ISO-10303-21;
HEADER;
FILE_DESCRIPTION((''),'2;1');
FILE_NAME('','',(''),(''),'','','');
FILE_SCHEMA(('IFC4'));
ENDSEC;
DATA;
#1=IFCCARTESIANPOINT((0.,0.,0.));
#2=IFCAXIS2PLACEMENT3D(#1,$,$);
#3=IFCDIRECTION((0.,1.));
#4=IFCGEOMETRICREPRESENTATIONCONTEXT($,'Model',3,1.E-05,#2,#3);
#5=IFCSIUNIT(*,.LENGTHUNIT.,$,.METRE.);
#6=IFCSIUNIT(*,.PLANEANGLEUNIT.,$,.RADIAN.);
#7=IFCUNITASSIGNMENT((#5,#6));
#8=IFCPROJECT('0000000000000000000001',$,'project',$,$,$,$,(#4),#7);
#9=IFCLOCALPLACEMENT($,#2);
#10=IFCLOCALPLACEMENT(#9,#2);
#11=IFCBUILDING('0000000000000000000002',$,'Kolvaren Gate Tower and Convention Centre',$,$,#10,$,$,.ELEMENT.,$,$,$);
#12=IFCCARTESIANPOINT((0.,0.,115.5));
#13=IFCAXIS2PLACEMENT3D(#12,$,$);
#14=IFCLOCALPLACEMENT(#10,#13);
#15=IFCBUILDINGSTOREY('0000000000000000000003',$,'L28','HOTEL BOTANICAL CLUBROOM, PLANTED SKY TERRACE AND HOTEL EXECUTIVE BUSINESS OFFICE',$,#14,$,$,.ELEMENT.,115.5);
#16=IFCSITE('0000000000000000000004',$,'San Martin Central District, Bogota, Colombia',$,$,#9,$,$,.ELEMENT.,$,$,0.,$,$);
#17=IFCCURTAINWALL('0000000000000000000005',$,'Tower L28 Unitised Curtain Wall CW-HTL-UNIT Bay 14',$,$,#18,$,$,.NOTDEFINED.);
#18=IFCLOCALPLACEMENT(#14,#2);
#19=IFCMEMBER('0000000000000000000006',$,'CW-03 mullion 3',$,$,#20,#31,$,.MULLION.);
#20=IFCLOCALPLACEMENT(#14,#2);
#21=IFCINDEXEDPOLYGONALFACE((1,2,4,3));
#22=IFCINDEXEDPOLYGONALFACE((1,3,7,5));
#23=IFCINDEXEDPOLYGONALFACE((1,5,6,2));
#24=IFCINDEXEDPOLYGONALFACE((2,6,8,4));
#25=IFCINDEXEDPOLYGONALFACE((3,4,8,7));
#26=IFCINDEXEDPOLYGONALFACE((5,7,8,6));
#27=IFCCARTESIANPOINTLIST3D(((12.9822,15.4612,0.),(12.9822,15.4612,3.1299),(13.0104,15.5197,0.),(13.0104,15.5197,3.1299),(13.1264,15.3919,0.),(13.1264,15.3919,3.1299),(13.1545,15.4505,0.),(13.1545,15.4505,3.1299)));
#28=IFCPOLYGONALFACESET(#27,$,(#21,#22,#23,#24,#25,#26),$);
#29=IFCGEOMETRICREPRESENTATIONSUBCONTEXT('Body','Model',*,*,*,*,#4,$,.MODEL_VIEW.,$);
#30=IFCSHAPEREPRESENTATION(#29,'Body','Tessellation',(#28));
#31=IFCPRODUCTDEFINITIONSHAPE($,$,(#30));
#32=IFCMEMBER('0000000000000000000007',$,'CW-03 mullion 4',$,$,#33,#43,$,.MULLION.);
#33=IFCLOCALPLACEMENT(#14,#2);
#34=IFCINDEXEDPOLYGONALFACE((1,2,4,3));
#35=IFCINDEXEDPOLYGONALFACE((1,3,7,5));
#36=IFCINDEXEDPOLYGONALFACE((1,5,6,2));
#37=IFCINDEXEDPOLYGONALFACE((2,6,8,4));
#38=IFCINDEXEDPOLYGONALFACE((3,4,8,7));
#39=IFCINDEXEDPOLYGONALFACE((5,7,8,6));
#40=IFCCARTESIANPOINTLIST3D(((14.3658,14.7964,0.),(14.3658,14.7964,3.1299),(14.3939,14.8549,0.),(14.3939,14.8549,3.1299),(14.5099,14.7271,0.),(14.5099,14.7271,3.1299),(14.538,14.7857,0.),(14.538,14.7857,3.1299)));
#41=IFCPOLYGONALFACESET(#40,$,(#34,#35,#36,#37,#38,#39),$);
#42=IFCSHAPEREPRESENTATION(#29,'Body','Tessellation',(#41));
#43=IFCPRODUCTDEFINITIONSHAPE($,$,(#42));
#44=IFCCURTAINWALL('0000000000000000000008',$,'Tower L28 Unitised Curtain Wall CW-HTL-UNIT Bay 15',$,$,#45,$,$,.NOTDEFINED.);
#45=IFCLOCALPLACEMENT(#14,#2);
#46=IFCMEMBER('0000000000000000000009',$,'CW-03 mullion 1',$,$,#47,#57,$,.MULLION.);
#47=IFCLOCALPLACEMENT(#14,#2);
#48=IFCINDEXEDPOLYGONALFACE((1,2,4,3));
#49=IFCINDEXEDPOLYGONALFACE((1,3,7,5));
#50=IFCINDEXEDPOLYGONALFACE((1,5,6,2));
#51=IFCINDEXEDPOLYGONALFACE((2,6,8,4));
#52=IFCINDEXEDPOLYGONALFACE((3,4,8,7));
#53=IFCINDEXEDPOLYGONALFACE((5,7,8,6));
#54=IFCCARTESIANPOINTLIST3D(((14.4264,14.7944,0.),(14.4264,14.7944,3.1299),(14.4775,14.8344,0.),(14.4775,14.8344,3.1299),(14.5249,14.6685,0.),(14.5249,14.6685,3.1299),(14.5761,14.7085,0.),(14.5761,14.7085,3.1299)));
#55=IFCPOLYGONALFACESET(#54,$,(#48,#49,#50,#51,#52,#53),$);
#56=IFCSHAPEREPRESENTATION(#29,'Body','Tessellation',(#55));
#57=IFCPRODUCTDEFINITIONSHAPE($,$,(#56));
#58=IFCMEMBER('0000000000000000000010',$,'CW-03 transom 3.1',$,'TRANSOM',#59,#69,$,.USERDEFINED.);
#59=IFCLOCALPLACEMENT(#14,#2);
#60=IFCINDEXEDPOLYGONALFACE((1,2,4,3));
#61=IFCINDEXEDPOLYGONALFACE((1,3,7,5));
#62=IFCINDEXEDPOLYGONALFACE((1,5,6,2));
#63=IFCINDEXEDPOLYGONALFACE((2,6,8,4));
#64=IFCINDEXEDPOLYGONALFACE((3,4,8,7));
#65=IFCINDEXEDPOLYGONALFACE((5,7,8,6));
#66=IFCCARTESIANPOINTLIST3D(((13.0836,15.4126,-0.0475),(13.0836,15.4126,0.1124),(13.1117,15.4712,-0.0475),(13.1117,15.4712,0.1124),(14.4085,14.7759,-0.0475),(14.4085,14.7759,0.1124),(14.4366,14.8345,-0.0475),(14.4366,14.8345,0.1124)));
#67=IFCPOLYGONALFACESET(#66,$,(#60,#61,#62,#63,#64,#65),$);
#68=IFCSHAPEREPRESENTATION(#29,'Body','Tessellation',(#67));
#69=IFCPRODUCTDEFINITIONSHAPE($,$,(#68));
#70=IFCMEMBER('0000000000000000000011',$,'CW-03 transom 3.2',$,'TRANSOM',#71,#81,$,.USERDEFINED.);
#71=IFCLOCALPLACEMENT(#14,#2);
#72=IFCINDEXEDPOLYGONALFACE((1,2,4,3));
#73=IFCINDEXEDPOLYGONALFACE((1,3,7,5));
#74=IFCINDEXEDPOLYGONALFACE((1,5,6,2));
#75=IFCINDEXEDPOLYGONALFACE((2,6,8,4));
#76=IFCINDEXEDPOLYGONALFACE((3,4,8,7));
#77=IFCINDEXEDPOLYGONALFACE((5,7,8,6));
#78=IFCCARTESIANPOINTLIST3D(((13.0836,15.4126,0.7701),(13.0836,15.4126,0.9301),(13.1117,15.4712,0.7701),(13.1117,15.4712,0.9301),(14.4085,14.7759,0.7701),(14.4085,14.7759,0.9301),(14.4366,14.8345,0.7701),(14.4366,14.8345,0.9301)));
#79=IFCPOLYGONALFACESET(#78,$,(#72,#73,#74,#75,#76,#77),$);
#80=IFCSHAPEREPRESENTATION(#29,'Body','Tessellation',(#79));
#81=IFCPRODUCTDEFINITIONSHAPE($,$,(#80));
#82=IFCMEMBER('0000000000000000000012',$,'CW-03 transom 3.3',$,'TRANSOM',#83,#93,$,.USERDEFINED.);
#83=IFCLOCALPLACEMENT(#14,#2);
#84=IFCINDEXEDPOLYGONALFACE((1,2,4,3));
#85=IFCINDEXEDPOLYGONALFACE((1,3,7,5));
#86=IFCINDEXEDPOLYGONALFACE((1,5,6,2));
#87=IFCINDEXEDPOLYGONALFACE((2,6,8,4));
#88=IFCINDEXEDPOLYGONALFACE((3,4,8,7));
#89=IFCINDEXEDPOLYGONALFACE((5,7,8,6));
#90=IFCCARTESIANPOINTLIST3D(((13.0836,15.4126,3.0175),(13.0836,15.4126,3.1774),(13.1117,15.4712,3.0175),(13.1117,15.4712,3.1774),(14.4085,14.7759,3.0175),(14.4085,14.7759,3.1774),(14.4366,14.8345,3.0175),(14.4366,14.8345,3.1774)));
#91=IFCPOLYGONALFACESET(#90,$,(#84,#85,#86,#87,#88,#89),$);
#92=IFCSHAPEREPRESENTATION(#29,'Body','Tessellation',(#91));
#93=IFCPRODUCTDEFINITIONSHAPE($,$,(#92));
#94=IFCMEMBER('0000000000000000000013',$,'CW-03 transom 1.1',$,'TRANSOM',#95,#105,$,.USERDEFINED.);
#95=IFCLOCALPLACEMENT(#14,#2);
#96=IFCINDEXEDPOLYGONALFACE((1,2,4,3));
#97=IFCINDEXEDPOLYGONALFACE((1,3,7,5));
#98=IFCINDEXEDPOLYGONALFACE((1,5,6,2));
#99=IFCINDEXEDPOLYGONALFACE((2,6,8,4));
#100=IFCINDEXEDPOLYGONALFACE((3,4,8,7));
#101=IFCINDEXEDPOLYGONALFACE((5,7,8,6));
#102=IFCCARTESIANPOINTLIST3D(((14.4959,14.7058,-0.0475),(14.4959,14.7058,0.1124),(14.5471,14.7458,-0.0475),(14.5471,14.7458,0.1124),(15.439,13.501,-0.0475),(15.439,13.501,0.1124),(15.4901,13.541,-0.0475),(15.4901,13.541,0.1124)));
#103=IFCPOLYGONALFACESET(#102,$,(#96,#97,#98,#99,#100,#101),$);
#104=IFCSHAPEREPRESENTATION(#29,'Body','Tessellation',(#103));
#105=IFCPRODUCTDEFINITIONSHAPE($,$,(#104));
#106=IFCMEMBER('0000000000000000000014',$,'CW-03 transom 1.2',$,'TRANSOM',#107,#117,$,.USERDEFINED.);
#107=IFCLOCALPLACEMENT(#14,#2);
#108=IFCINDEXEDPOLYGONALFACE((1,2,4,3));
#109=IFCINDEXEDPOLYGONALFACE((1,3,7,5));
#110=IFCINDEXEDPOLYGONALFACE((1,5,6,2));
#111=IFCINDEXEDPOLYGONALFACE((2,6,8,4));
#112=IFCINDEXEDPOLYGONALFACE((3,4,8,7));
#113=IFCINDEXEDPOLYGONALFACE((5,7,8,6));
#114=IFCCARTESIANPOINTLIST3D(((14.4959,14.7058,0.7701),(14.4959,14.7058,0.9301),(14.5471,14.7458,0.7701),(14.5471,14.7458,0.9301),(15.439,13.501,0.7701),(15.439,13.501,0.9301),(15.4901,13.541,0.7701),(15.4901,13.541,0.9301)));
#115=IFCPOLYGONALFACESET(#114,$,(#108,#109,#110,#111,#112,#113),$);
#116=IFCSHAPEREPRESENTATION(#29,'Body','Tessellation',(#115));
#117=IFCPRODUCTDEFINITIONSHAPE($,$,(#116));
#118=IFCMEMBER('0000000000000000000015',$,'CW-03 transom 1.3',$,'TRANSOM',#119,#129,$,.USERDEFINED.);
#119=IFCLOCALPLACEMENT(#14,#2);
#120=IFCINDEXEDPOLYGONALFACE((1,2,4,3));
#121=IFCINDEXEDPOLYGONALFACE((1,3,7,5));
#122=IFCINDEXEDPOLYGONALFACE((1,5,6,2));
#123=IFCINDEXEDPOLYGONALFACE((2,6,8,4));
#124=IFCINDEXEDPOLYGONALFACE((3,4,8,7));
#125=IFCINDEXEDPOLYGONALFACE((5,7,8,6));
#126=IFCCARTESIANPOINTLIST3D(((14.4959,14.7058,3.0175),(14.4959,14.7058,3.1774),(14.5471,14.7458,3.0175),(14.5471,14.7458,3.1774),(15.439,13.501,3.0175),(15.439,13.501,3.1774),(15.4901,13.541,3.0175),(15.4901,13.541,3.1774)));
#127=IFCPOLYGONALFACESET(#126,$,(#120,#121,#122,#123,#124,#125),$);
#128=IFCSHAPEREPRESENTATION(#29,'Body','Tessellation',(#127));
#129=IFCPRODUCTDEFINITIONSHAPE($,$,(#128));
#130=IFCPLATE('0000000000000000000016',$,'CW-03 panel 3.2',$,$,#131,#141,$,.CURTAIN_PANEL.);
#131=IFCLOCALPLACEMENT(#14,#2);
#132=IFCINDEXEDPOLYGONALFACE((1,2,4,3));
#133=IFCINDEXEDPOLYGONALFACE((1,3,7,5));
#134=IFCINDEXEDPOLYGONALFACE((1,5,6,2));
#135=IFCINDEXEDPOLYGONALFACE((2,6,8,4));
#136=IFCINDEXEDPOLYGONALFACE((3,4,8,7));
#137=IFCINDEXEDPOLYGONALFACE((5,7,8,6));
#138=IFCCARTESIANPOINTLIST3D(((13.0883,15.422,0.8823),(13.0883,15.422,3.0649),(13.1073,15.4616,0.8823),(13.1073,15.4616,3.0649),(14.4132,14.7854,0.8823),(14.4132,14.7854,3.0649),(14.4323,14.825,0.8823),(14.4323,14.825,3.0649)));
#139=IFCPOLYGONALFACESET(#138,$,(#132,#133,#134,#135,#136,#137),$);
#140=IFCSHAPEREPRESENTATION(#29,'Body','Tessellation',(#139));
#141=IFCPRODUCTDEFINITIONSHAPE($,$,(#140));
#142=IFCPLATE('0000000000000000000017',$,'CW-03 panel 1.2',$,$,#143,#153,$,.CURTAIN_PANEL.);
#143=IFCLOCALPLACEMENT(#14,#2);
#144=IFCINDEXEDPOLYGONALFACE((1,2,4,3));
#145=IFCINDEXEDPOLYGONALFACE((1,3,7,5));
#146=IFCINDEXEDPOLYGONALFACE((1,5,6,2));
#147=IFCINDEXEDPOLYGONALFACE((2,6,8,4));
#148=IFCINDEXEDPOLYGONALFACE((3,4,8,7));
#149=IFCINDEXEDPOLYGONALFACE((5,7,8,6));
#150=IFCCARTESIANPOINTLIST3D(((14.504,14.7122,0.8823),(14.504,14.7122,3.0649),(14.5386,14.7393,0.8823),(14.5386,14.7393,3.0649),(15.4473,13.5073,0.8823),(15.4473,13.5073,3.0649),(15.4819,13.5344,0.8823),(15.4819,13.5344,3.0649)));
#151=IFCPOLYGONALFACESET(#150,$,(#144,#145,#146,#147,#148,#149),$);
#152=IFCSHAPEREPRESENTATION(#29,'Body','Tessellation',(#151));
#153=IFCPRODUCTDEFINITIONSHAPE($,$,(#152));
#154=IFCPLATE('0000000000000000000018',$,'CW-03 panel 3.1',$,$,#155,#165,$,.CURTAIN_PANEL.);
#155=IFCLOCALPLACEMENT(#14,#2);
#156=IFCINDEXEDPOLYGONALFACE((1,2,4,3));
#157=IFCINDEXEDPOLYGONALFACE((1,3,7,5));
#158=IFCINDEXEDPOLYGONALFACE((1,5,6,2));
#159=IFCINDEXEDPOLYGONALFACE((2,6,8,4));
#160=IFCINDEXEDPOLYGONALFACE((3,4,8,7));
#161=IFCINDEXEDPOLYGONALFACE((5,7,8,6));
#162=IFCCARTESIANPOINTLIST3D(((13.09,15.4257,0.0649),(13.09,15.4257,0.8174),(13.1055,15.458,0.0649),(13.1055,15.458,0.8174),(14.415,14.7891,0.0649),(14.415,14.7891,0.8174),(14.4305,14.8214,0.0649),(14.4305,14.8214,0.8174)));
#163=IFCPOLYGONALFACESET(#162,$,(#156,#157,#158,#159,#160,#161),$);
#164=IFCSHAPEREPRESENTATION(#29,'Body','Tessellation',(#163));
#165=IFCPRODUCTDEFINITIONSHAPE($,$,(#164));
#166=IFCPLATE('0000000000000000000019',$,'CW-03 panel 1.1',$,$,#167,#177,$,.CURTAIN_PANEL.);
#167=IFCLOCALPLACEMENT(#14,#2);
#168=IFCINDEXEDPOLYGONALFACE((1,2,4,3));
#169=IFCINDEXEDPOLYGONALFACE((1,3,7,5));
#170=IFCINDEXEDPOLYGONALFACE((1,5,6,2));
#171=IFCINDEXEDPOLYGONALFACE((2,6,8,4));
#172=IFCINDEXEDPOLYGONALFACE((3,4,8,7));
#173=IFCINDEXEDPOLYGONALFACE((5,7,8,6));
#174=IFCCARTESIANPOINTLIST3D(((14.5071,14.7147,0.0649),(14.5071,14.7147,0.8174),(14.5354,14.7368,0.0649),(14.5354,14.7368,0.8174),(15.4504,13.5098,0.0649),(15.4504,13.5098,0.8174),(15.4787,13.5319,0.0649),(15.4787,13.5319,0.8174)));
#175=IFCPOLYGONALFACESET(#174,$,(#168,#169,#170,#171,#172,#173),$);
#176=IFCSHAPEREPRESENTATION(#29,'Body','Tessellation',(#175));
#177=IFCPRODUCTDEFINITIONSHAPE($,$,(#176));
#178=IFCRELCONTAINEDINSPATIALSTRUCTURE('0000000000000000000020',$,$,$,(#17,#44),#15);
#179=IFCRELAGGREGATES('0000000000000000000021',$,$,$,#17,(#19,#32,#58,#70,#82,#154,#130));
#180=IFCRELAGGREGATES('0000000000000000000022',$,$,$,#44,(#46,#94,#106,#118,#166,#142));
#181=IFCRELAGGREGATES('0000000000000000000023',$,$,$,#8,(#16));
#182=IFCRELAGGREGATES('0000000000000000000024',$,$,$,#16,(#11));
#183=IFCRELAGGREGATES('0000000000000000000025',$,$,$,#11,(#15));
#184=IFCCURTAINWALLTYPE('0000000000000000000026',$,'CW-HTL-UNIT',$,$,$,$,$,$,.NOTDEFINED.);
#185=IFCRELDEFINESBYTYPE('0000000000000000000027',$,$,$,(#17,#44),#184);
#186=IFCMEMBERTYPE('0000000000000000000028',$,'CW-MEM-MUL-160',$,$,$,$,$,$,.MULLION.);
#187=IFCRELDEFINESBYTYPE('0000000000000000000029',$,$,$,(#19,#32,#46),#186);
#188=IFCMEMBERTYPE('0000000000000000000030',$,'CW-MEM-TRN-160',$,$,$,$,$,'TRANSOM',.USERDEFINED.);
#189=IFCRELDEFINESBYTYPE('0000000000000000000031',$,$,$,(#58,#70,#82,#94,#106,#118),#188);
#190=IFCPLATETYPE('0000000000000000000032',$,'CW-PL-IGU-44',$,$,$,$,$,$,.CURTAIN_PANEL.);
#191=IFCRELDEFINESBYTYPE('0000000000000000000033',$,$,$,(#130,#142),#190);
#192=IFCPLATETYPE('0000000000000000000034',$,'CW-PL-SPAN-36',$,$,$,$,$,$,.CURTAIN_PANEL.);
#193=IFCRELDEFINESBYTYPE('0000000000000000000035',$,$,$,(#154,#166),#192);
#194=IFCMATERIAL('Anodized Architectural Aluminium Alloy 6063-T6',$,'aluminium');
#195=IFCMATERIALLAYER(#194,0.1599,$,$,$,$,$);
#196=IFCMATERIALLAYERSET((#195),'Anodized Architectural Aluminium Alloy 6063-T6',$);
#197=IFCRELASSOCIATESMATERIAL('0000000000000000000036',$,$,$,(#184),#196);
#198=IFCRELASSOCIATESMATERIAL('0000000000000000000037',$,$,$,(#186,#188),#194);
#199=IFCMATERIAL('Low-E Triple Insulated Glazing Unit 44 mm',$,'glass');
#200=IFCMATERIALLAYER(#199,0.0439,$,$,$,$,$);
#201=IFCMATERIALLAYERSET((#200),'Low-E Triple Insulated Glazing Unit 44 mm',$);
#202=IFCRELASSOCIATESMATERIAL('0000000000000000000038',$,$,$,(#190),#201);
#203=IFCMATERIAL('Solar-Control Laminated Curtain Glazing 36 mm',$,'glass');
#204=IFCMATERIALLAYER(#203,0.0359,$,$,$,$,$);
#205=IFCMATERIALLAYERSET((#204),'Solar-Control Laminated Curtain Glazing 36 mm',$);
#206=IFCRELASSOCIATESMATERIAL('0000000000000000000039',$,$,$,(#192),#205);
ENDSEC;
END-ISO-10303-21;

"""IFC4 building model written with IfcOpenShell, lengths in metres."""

from ifc_helpers import new_model, si_unit, direction, frame, origin, origin_2d, place, context, subcontext, project, spatial, rectangle, extrude, material, layer, layer_set, material_profile, profile_set, type_object, element, aggregate, save


model = new_model("IFC4")

# Units and contexts
model_context = context("Model", 3, precision=1e-05, world=origin(), true_north=direction((0.0, 1.0)))
body_context = subcontext(model_context, "Body", "Model", "MODEL_VIEW")
ifc_project = project(units=[si_unit("LENGTHUNIT", "METRE"), si_unit("PLANEANGLEUNIT", "RADIAN")], contexts=[model_context])

# Site, building, storey
site_placement = place(None, origin())
site = spatial("IfcSite", under=ifc_project, at=site_placement, Name="San Martin Central District, Bogota, Colombia", CompositionType="ELEMENT", RefElevation=0.0)
building_placement = place(site_placement, origin())
building = spatial("IfcBuilding", under=site, at=building_placement, Name="Kolvaren Gate Tower and Convention Centre", CompositionType="ELEMENT")
storey_placement = place(building_placement, frame((0.0, 0.0, 115.5)))
storey = spatial("IfcBuildingStorey", under=building, at=storey_placement, Name="L28", Description="HOTEL BOTANICAL CLUBROOM, PLANTED SKY TERRACE AND HOTEL EXECUTIVE BUSINESS OFFICE", CompositionType="ELEMENT", Elevation=115.5)

# Curtain wall, members
ifc_material_1 = material(Name="Anodized Architectural Aluminium Alloy 6063-T6", Category="aluminium")
ifc_layer_1 = layer(ifc_material_1, 0.1599)
ifc_layer_set_1 = layer_set([ifc_layer_1], Name="Anodized Architectural Aluminium Alloy 6063-T6")
curtain_wall_type = type_object("IfcCurtainWallType", Name="CW-HTL-UNIT", PredefinedType="NOTDEFINED", material=ifc_layer_set_1)
curtain_wall_1_placement = place(storey_placement, origin())
curtain_wall_1 = element("IfcCurtainWall", 1, at=curtain_wall_1_placement, inside=storey, type_object=curtain_wall_type, Name="Tower L28 Unitised Curtain Wall CW-HTL-UNIT Bay 14", PredefinedType="NOTDEFINED")
ifc_material_profile_1 = material_profile(ifc_material_1, rectangle(XDim=0.0649, YDim=0.1599, at=origin_2d()), Name="CW-MEM-MUL-160")
ifc_profile_set_1 = profile_set([ifc_material_profile_1], Name="Anodized Architectural Aluminium Alloy 6063-T6")
member_type_1 = type_object("IfcMemberType", Name="CW-MEM-MUL-160", PredefinedType="MULLION", material=ifc_profile_set_1)
member_1_placement = place(storey_placement, frame((13.0684, 15.4558, 0.0), z_axis=(0.0, 0.0, 1.0), x_axis=(0.433073, 0.901359, 0.0)))
member_1 = element("IfcMember", 2, at=member_1_placement, type_object=member_type_1, Name="CW-03 mullion 3", PredefinedType="MULLION", context=body_context, shape_type="SweptSolid", body=[
    extrude(rectangle(XDim=0.0649, YDim=0.1599, at=origin_2d()), origin(), (0.0, 0.0, 1.0), 3.1299),
])
member_2_placement = place(storey_placement, frame((14.4519, 14.791, 0.0), z_axis=(0.0, 0.0, 1.0), x_axis=(0.433073, 0.901359, 0.0)))
member_2 = element("IfcMember", 3, at=member_2_placement, type_object=member_type_1, Name="CW-03 mullion 4", PredefinedType="MULLION", context=body_context, shape_type="SweptSolid", body=[
    extrude(rectangle(XDim=0.0649, YDim=0.1599, at=origin_2d()), origin(), (0.0, 0.0, 1.0), 3.1299),
])

# Curtain wall, member
curtain_wall_2_placement = place(storey_placement, origin())
curtain_wall_2 = element("IfcCurtainWall", 4, at=curtain_wall_2_placement, inside=storey, type_object=curtain_wall_type, Name="Tower L28 Unitised Curtain Wall CW-HTL-UNIT Bay 15", PredefinedType="NOTDEFINED")
member_3_placement = place(storey_placement, frame((14.5012, 14.7515, 0.0), z_axis=(0.0, 0.0, 1.0), x_axis=(0.787411, 0.616429, 0.0)))
member_3 = element("IfcMember", 5, at=member_3_placement, type_object=member_type_1, Name="CW-03 mullion 1", PredefinedType="MULLION", context=body_context, shape_type="SweptSolid", body=[
    extrude(rectangle(XDim=0.0649, YDim=0.1599, at=origin_2d()), origin(), (0.0, 0.0, 1.0), 3.1299),
])

# Members
ifc_material_profile_2 = material_profile(ifc_material_1, rectangle(XDim=0.0649, YDim=0.1599, at=origin_2d()), Name="CW-MEM-TRN-160")
ifc_profile_set_2 = profile_set([ifc_material_profile_2], Name="Anodized Architectural Aluminium Alloy 6063-T6")
member_type_2 = type_object("IfcMemberType", Name="CW-MEM-TRN-160", ElementType="TRANSOM", PredefinedType="USERDEFINED", material=ifc_profile_set_2)
member_4_placement = place(storey_placement, frame((13.0977, 15.4419, 0.0325), z_axis=(0.901326, -0.433141, 0.0), x_axis=(0.433141, 0.901326, 0.0)))
member_4 = element("IfcMember", 6, at=member_4_placement, type_object=member_type_2, Name="CW-03 transom 3.1", ObjectType="TRANSOM", PredefinedType="USERDEFINED", context=body_context, shape_type="SweptSolid", body=[
    extrude(rectangle(XDim=0.0649, YDim=0.1599, at=origin_2d()), origin(), (0.0, 0.0, 1.0), 1.47),
])
member_5_placement = place(storey_placement, frame((13.0977, 15.4419, 0.8501), z_axis=(0.901326, -0.433141, 0.0), x_axis=(0.433141, 0.901326, 0.0)))
member_5 = element("IfcMember", 7, at=member_5_placement, type_object=member_type_2, Name="CW-03 transom 3.2", ObjectType="TRANSOM", PredefinedType="USERDEFINED", context=body_context, shape_type="SweptSolid", body=[
    extrude(rectangle(XDim=0.0649, YDim=0.1599, at=origin_2d()), origin(), (0.0, 0.0, 1.0), 1.47),
])
member_6_placement = place(storey_placement, frame((13.0977, 15.4419, 3.0974), z_axis=(0.901326, -0.433141, 0.0), x_axis=(0.433141, 0.901326, 0.0)))
member_6 = element("IfcMember", 8, at=member_6_placement, type_object=member_type_2, Name="CW-03 transom 3.3", ObjectType="TRANSOM", PredefinedType="USERDEFINED", context=body_context, shape_type="SweptSolid", body=[
    extrude(rectangle(XDim=0.0649, YDim=0.1599, at=origin_2d()), origin(), (0.0, 0.0, 1.0), 1.47),
])
member_7_placement = place(storey_placement, frame((14.5215, 14.7258, 0.0325), z_axis=(0.61639, -0.787441, 0.0), x_axis=(0.787441, 0.61639, 0.0)))
member_7 = element("IfcMember", 9, at=member_7_placement, type_object=member_type_2, Name="CW-03 transom 1.1", ObjectType="TRANSOM", PredefinedType="USERDEFINED", context=body_context, shape_type="SweptSolid", body=[
    extrude(rectangle(XDim=0.0649, YDim=0.1599, at=origin_2d()), origin(), (0.0, 0.0, 1.0), 1.53),
])
member_8_placement = place(storey_placement, frame((14.5215, 14.7258, 0.8501), z_axis=(0.61639, -0.787441, 0.0), x_axis=(0.787441, 0.61639, 0.0)))
member_8 = element("IfcMember", 10, at=member_8_placement, type_object=member_type_2, Name="CW-03 transom 1.2", ObjectType="TRANSOM", PredefinedType="USERDEFINED", context=body_context, shape_type="SweptSolid", body=[
    extrude(rectangle(XDim=0.0649, YDim=0.1599, at=origin_2d()), origin(), (0.0, 0.0, 1.0), 1.53),
])
member_9_placement = place(storey_placement, frame((14.5215, 14.7258, 3.0974), z_axis=(0.61639, -0.787441, 0.0), x_axis=(0.787441, 0.61639, 0.0)))
member_9 = element("IfcMember", 11, at=member_9_placement, type_object=member_type_2, Name="CW-03 transom 1.3", ObjectType="TRANSOM", PredefinedType="USERDEFINED", context=body_context, shape_type="SweptSolid", body=[
    extrude(rectangle(XDim=0.0649, YDim=0.1599, at=origin_2d()), origin(), (0.0, 0.0, 1.0), 1.53),
])

# Plates
ifc_material_2 = material(Name="Low-E Triple Insulated Glazing Unit 44 mm", Category="glass")
ifc_layer_2 = layer(ifc_material_2, 0.0439)
ifc_layer_set_2 = layer_set([ifc_layer_2], Name="Low-E Triple Insulated Glazing Unit 44 mm")
plate_type_1 = type_object("IfcPlateType", Name="CW-PL-IGU-44", PredefinedType="CURTAIN_PANEL", material=ifc_layer_set_2)
plate_1_placement = place(storey_placement, frame((13.7603, 15.1235, 0.8823), z_axis=(0.0, 0.0, 1.0), x_axis=(0.901359, -0.433073, 0.0)))
plate_1 = element("IfcPlate", 12, at=plate_1_placement, type_object=plate_type_1, Name="CW-03 panel 3.2", PredefinedType="CURTAIN_PANEL", context=body_context, shape_type="SweptSolid", body=[
    extrude(rectangle(XDim=1.47, YDim=0.0439, at=origin_2d()), origin(), (0.0, 0.0, 1.0), 2.1826),
])
plate_2_placement = place(storey_placement, frame((14.9929, 14.1233, 0.8823), z_axis=(0.0, 0.0, 1.0), x_axis=(0.616429, -0.787411, 0.0)))
plate_2 = element("IfcPlate", 13, at=plate_2_placement, type_object=plate_type_1, Name="CW-03 panel 1.2", PredefinedType="CURTAIN_PANEL", context=body_context, shape_type="SweptSolid", body=[
    extrude(rectangle(XDim=1.5303, YDim=0.0439, at=origin_2d()), origin(), (0.0, 0.0, 1.0), 2.1826),
])
ifc_material_3 = material(Name="Solar-Control Laminated Curtain Glazing 36 mm", Category="glass")
ifc_layer_3 = layer(ifc_material_3, 0.0359)
ifc_layer_set_3 = layer_set([ifc_layer_3], Name="Solar-Control Laminated Curtain Glazing 36 mm")
plate_type_2 = type_object("IfcPlateType", Name="CW-PL-SPAN-36", PredefinedType="CURTAIN_PANEL", material=ifc_layer_set_3)
plate_3_placement = place(storey_placement, frame((13.7603, 15.1235, 0.0649), z_axis=(0.0, 0.0, 1.0), x_axis=(0.901359, -0.433073, 0.0)))
plate_3 = element("IfcPlate", 14, at=plate_3_placement, type_object=plate_type_2, Name="CW-03 panel 3.1", PredefinedType="CURTAIN_PANEL", context=body_context, shape_type="SweptSolid", body=[
    extrude(rectangle(XDim=1.47, YDim=0.0359, at=origin_2d()), origin(), (0.0, 0.0, 1.0), 0.7524),
])
aggregate(curtain_wall_1, [member_1, member_2, member_4, member_5, member_6, plate_3, plate_1])
plate_4_placement = place(storey_placement, frame((14.9929, 14.1233, 0.0649), z_axis=(0.0, 0.0, 1.0), x_axis=(0.616429, -0.787411, 0.0)))
plate_4 = element("IfcPlate", 15, at=plate_4_placement, type_object=plate_type_2, Name="CW-03 panel 1.1", PredefinedType="CURTAIN_PANEL", context=body_context, shape_type="SweptSolid", body=[
    extrude(rectangle(XDim=1.5303, YDim=0.0359, at=origin_2d()), origin(), (0.0, 0.0, 1.0), 0.7524),
])
aggregate(curtain_wall_2, [member_3, member_7, member_8, member_9, plate_4, plate_2])

save(model, "model.ifc")
